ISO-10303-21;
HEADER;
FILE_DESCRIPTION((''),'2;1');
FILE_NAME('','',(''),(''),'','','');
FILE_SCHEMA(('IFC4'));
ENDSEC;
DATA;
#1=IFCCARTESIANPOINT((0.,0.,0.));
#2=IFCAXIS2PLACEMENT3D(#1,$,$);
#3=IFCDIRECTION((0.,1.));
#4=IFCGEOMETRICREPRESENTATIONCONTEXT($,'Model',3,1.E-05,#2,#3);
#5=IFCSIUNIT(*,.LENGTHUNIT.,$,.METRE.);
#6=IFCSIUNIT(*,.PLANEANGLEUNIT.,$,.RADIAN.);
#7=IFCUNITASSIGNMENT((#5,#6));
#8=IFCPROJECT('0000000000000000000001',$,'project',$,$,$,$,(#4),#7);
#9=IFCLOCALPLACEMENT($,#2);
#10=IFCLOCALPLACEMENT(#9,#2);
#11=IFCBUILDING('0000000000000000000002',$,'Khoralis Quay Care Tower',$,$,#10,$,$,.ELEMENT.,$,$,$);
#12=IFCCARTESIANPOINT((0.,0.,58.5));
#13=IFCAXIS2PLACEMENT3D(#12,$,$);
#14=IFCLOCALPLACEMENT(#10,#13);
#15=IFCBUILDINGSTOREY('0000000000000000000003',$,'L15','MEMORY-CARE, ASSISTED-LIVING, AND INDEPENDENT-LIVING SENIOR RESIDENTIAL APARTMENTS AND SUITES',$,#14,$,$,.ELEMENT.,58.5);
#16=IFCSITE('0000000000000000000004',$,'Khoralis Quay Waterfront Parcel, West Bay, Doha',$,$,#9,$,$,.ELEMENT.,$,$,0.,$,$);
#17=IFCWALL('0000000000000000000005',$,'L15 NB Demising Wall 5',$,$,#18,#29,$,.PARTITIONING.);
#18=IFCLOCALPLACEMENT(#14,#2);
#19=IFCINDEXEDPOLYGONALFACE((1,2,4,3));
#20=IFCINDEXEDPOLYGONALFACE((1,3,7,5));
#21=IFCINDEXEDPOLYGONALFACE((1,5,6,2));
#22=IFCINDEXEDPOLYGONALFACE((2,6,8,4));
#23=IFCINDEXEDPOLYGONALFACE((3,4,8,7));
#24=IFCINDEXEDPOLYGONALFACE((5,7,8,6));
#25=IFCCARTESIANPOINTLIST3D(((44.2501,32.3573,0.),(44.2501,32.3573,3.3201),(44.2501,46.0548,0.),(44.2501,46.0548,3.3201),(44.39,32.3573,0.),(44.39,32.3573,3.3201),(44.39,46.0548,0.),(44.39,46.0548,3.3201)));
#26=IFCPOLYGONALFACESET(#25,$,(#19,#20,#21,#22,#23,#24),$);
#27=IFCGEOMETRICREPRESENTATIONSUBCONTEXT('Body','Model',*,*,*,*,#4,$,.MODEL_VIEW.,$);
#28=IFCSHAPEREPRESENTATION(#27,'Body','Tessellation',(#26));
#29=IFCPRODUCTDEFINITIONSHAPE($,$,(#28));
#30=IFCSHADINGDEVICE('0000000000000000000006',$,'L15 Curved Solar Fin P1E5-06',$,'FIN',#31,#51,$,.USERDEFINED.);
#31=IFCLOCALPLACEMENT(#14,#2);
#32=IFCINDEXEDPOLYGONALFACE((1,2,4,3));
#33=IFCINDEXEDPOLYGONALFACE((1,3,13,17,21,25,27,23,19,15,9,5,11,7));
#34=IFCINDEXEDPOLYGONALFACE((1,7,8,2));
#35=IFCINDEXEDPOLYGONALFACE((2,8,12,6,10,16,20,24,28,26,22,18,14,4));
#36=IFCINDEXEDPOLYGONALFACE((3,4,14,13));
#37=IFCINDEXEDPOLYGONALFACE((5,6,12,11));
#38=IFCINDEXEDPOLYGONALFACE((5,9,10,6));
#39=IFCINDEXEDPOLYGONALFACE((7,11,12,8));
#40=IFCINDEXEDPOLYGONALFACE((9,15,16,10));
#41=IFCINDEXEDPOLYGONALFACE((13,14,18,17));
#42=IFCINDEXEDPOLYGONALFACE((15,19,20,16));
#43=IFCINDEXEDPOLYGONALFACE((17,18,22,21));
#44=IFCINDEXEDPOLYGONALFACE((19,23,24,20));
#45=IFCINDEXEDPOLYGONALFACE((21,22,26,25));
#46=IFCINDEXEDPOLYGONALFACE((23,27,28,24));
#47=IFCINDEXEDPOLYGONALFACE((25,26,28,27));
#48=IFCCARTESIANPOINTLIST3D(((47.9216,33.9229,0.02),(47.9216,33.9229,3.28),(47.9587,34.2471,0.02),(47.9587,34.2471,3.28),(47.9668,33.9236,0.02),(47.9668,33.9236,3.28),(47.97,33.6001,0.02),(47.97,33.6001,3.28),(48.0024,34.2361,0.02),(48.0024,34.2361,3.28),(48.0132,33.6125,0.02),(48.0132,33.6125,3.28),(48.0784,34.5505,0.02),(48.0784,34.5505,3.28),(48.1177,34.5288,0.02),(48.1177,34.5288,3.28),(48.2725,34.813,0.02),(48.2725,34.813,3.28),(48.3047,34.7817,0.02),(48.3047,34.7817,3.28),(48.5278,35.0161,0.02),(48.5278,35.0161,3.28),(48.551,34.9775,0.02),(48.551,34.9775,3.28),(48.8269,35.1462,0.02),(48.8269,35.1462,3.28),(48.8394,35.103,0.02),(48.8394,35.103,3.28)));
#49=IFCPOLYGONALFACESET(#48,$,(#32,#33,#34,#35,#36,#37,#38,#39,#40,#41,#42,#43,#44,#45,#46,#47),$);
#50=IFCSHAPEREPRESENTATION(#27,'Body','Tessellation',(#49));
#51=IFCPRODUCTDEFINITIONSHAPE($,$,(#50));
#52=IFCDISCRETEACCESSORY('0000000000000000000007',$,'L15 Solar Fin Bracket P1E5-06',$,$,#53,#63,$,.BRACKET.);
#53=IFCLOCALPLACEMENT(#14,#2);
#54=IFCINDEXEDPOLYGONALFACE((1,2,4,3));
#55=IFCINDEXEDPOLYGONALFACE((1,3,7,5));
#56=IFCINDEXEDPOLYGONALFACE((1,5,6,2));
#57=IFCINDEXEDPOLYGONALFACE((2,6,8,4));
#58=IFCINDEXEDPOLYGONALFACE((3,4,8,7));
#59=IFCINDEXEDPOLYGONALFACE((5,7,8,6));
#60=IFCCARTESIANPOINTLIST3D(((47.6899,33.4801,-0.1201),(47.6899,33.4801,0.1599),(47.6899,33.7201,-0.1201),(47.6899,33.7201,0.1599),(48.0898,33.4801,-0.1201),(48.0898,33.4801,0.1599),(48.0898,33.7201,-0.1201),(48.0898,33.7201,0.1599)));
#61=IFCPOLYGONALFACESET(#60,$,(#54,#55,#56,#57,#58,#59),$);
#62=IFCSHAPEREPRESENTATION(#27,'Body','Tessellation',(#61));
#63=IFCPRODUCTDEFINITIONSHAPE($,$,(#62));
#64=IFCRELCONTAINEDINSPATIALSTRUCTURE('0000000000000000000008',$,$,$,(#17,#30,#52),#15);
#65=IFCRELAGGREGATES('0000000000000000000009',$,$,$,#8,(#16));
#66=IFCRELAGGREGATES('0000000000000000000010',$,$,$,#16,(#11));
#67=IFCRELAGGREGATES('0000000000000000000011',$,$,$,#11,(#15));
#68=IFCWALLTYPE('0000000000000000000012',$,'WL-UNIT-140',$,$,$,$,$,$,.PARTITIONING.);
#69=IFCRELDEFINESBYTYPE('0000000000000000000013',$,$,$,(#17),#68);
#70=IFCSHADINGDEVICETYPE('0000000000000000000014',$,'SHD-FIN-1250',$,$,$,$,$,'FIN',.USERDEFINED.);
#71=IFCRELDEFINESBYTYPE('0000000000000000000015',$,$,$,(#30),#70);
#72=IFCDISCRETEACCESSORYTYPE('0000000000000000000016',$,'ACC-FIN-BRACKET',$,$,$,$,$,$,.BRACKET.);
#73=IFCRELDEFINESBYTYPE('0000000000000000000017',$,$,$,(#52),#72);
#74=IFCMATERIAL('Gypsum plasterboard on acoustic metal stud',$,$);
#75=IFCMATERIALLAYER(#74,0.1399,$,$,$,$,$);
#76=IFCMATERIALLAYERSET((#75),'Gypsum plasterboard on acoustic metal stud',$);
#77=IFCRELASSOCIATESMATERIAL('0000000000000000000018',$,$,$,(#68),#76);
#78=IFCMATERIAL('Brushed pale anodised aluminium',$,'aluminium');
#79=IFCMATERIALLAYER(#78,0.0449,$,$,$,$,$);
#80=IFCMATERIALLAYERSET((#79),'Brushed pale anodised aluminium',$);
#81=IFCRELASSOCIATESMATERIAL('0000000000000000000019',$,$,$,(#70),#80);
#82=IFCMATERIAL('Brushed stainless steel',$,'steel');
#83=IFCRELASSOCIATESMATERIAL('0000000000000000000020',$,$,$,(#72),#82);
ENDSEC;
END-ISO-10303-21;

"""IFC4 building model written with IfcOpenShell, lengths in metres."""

from ifc_helpers import new_model, si_unit, direction, frame, frame_2d, origin, origin_2d, place, context, subcontext, project, spatial, polyline, rectangle, outline, extrude, source, transform, mapped, material, layer, layer_set, type_object, element, save


model = new_model("IFC4")

# Units and contexts
model_context = context("Model", 3, precision=1e-05, world=origin(), true_north=direction((0.0, 1.0)))
body_context = subcontext(model_context, "Body", "Model", "MODEL_VIEW")
ifc_project = project(units=[si_unit("LENGTHUNIT", "METRE"), si_unit("PLANEANGLEUNIT", "RADIAN")], contexts=[model_context])

# Site, building, storey
site_placement = place(None, origin())
site = spatial("IfcSite", under=ifc_project, at=site_placement, Name="Khoralis Quay Waterfront Parcel, West Bay, Doha", CompositionType="ELEMENT", RefElevation=0.0)
building_placement = place(site_placement, origin())
building = spatial("IfcBuilding", under=site, at=building_placement, Name="Khoralis Quay Care Tower", CompositionType="ELEMENT")
storey_placement = place(building_placement, frame((0.0, 0.0, 58.5)))
storey = spatial("IfcBuildingStorey", under=building, at=storey_placement, Name="L15", Description="MEMORY-CARE, ASSISTED-LIVING, AND INDEPENDENT-LIVING SENIOR RESIDENTIAL APARTMENTS AND SUITES", CompositionType="ELEMENT", Elevation=58.5)

# Wall
ifc_material_1 = material(Name="Gypsum plasterboard on acoustic metal stud")
ifc_layer_1 = layer(ifc_material_1, 0.1399)
ifc_layer_set_1 = layer_set([ifc_layer_1], Name="Gypsum plasterboard on acoustic metal stud")
wall_type_1 = type_object("IfcWallType", Name="WL-UNIT-140", PredefinedType="PARTITIONING", material=ifc_layer_set_1)
wall_1_placement = place(storey_placement, frame((44.3201, 32.3574, 0.0), z_axis=(0.0, 0.0, 1.0), x_axis=(0.0, 1.0, 0.0)))
element("IfcWall", 1, at=wall_1_placement, inside=storey, type_object=wall_type_1, Name="L15 NB Demising Wall 5", PredefinedType="PARTITIONING", context=body_context, shape_type="SweptSolid", body=[
    extrude(rectangle(XDim=13.6975, YDim=0.1399, at=frame_2d((6.8486, 0.0))), origin(), (0.0, 0.0, 1.0), 3.3201),
])

# Shading device
ifc_material_2 = material(Name="Brushed pale anodised aluminium", Category="aluminium")
ifc_layer_2 = layer(ifc_material_2, 0.0449)
ifc_layer_set_2 = layer_set([ifc_layer_2], Name="Brushed pale anodised aluminium")
shading_device_type = type_object("IfcShadingDeviceType", Name="SHD-FIN-1250", ElementType="FIN", PredefinedType="USERDEFINED", material=ifc_layer_set_2)
shared_shape_1 = source(origin(), body_context, "Body", "SweptSolid", [
    extrude(outline(polyline([(0.0, 0.0), (-0.0483, 0.3228), (-0.0112, 0.647), (0.1084, 0.9504), (0.3025, 1.2129), (0.5579, 1.416), (0.8569, 1.5461), (0.8694, 1.5029), (0.5811, 1.3774), (0.3347, 1.1816), (0.1477, 0.9287), (0.0325, 0.636), (-0.0032, 0.3235), (0.0432, 0.0125), (0.0, 0.0)])), origin(), (0.0, 0.0, 1.0), 3.26),
])
shading_device_placement = place(storey_placement, frame((47.97, 33.6001, 0.02), z_axis=(0.0, 0.0, 1.0), x_axis=(1.0, 0.0, 0.0)))
element("IfcShadingDevice", 2, at=shading_device_placement, inside=storey, type_object=shading_device_type, Name="L15 Curved Solar Fin P1E5-06", ObjectType="FIN", PredefinedType="USERDEFINED", context=body_context, shape_type="MappedRepresentation", body=[
    mapped(shared_shape_1, transform((0.0, 0.0, 0.0), scale=1.0)),
])

# Discrete accessory
ifc_material_3 = material(Name="Brushed stainless steel", Category="steel")
discrete_accessory_type = type_object("IfcDiscreteAccessoryType", Name="ACC-FIN-BRACKET", PredefinedType="BRACKET", material=ifc_material_3)
shared_shape_2 = source(origin(), body_context, "Body", "SweptSolid", [
    extrude(rectangle(XDim=0.3999, YDim=0.24, at=origin_2d()), origin(), (0.0, 0.0, 1.0), 0.28),
])
discrete_accessory_placement = place(storey_placement, frame((47.8899, 33.6001, -0.1201), z_axis=(0.0, 0.0, 1.0), x_axis=(1.0, 0.0, 0.0)))
element("IfcDiscreteAccessory", 3, at=discrete_accessory_placement, inside=storey, type_object=discrete_accessory_type, Name="L15 Solar Fin Bracket P1E5-06", PredefinedType="BRACKET", context=body_context, shape_type="MappedRepresentation", body=[
    mapped(shared_shape_2, transform((0.0, 0.0, 0.0), scale=1.0)),
])

save(model, "model.ifc")
